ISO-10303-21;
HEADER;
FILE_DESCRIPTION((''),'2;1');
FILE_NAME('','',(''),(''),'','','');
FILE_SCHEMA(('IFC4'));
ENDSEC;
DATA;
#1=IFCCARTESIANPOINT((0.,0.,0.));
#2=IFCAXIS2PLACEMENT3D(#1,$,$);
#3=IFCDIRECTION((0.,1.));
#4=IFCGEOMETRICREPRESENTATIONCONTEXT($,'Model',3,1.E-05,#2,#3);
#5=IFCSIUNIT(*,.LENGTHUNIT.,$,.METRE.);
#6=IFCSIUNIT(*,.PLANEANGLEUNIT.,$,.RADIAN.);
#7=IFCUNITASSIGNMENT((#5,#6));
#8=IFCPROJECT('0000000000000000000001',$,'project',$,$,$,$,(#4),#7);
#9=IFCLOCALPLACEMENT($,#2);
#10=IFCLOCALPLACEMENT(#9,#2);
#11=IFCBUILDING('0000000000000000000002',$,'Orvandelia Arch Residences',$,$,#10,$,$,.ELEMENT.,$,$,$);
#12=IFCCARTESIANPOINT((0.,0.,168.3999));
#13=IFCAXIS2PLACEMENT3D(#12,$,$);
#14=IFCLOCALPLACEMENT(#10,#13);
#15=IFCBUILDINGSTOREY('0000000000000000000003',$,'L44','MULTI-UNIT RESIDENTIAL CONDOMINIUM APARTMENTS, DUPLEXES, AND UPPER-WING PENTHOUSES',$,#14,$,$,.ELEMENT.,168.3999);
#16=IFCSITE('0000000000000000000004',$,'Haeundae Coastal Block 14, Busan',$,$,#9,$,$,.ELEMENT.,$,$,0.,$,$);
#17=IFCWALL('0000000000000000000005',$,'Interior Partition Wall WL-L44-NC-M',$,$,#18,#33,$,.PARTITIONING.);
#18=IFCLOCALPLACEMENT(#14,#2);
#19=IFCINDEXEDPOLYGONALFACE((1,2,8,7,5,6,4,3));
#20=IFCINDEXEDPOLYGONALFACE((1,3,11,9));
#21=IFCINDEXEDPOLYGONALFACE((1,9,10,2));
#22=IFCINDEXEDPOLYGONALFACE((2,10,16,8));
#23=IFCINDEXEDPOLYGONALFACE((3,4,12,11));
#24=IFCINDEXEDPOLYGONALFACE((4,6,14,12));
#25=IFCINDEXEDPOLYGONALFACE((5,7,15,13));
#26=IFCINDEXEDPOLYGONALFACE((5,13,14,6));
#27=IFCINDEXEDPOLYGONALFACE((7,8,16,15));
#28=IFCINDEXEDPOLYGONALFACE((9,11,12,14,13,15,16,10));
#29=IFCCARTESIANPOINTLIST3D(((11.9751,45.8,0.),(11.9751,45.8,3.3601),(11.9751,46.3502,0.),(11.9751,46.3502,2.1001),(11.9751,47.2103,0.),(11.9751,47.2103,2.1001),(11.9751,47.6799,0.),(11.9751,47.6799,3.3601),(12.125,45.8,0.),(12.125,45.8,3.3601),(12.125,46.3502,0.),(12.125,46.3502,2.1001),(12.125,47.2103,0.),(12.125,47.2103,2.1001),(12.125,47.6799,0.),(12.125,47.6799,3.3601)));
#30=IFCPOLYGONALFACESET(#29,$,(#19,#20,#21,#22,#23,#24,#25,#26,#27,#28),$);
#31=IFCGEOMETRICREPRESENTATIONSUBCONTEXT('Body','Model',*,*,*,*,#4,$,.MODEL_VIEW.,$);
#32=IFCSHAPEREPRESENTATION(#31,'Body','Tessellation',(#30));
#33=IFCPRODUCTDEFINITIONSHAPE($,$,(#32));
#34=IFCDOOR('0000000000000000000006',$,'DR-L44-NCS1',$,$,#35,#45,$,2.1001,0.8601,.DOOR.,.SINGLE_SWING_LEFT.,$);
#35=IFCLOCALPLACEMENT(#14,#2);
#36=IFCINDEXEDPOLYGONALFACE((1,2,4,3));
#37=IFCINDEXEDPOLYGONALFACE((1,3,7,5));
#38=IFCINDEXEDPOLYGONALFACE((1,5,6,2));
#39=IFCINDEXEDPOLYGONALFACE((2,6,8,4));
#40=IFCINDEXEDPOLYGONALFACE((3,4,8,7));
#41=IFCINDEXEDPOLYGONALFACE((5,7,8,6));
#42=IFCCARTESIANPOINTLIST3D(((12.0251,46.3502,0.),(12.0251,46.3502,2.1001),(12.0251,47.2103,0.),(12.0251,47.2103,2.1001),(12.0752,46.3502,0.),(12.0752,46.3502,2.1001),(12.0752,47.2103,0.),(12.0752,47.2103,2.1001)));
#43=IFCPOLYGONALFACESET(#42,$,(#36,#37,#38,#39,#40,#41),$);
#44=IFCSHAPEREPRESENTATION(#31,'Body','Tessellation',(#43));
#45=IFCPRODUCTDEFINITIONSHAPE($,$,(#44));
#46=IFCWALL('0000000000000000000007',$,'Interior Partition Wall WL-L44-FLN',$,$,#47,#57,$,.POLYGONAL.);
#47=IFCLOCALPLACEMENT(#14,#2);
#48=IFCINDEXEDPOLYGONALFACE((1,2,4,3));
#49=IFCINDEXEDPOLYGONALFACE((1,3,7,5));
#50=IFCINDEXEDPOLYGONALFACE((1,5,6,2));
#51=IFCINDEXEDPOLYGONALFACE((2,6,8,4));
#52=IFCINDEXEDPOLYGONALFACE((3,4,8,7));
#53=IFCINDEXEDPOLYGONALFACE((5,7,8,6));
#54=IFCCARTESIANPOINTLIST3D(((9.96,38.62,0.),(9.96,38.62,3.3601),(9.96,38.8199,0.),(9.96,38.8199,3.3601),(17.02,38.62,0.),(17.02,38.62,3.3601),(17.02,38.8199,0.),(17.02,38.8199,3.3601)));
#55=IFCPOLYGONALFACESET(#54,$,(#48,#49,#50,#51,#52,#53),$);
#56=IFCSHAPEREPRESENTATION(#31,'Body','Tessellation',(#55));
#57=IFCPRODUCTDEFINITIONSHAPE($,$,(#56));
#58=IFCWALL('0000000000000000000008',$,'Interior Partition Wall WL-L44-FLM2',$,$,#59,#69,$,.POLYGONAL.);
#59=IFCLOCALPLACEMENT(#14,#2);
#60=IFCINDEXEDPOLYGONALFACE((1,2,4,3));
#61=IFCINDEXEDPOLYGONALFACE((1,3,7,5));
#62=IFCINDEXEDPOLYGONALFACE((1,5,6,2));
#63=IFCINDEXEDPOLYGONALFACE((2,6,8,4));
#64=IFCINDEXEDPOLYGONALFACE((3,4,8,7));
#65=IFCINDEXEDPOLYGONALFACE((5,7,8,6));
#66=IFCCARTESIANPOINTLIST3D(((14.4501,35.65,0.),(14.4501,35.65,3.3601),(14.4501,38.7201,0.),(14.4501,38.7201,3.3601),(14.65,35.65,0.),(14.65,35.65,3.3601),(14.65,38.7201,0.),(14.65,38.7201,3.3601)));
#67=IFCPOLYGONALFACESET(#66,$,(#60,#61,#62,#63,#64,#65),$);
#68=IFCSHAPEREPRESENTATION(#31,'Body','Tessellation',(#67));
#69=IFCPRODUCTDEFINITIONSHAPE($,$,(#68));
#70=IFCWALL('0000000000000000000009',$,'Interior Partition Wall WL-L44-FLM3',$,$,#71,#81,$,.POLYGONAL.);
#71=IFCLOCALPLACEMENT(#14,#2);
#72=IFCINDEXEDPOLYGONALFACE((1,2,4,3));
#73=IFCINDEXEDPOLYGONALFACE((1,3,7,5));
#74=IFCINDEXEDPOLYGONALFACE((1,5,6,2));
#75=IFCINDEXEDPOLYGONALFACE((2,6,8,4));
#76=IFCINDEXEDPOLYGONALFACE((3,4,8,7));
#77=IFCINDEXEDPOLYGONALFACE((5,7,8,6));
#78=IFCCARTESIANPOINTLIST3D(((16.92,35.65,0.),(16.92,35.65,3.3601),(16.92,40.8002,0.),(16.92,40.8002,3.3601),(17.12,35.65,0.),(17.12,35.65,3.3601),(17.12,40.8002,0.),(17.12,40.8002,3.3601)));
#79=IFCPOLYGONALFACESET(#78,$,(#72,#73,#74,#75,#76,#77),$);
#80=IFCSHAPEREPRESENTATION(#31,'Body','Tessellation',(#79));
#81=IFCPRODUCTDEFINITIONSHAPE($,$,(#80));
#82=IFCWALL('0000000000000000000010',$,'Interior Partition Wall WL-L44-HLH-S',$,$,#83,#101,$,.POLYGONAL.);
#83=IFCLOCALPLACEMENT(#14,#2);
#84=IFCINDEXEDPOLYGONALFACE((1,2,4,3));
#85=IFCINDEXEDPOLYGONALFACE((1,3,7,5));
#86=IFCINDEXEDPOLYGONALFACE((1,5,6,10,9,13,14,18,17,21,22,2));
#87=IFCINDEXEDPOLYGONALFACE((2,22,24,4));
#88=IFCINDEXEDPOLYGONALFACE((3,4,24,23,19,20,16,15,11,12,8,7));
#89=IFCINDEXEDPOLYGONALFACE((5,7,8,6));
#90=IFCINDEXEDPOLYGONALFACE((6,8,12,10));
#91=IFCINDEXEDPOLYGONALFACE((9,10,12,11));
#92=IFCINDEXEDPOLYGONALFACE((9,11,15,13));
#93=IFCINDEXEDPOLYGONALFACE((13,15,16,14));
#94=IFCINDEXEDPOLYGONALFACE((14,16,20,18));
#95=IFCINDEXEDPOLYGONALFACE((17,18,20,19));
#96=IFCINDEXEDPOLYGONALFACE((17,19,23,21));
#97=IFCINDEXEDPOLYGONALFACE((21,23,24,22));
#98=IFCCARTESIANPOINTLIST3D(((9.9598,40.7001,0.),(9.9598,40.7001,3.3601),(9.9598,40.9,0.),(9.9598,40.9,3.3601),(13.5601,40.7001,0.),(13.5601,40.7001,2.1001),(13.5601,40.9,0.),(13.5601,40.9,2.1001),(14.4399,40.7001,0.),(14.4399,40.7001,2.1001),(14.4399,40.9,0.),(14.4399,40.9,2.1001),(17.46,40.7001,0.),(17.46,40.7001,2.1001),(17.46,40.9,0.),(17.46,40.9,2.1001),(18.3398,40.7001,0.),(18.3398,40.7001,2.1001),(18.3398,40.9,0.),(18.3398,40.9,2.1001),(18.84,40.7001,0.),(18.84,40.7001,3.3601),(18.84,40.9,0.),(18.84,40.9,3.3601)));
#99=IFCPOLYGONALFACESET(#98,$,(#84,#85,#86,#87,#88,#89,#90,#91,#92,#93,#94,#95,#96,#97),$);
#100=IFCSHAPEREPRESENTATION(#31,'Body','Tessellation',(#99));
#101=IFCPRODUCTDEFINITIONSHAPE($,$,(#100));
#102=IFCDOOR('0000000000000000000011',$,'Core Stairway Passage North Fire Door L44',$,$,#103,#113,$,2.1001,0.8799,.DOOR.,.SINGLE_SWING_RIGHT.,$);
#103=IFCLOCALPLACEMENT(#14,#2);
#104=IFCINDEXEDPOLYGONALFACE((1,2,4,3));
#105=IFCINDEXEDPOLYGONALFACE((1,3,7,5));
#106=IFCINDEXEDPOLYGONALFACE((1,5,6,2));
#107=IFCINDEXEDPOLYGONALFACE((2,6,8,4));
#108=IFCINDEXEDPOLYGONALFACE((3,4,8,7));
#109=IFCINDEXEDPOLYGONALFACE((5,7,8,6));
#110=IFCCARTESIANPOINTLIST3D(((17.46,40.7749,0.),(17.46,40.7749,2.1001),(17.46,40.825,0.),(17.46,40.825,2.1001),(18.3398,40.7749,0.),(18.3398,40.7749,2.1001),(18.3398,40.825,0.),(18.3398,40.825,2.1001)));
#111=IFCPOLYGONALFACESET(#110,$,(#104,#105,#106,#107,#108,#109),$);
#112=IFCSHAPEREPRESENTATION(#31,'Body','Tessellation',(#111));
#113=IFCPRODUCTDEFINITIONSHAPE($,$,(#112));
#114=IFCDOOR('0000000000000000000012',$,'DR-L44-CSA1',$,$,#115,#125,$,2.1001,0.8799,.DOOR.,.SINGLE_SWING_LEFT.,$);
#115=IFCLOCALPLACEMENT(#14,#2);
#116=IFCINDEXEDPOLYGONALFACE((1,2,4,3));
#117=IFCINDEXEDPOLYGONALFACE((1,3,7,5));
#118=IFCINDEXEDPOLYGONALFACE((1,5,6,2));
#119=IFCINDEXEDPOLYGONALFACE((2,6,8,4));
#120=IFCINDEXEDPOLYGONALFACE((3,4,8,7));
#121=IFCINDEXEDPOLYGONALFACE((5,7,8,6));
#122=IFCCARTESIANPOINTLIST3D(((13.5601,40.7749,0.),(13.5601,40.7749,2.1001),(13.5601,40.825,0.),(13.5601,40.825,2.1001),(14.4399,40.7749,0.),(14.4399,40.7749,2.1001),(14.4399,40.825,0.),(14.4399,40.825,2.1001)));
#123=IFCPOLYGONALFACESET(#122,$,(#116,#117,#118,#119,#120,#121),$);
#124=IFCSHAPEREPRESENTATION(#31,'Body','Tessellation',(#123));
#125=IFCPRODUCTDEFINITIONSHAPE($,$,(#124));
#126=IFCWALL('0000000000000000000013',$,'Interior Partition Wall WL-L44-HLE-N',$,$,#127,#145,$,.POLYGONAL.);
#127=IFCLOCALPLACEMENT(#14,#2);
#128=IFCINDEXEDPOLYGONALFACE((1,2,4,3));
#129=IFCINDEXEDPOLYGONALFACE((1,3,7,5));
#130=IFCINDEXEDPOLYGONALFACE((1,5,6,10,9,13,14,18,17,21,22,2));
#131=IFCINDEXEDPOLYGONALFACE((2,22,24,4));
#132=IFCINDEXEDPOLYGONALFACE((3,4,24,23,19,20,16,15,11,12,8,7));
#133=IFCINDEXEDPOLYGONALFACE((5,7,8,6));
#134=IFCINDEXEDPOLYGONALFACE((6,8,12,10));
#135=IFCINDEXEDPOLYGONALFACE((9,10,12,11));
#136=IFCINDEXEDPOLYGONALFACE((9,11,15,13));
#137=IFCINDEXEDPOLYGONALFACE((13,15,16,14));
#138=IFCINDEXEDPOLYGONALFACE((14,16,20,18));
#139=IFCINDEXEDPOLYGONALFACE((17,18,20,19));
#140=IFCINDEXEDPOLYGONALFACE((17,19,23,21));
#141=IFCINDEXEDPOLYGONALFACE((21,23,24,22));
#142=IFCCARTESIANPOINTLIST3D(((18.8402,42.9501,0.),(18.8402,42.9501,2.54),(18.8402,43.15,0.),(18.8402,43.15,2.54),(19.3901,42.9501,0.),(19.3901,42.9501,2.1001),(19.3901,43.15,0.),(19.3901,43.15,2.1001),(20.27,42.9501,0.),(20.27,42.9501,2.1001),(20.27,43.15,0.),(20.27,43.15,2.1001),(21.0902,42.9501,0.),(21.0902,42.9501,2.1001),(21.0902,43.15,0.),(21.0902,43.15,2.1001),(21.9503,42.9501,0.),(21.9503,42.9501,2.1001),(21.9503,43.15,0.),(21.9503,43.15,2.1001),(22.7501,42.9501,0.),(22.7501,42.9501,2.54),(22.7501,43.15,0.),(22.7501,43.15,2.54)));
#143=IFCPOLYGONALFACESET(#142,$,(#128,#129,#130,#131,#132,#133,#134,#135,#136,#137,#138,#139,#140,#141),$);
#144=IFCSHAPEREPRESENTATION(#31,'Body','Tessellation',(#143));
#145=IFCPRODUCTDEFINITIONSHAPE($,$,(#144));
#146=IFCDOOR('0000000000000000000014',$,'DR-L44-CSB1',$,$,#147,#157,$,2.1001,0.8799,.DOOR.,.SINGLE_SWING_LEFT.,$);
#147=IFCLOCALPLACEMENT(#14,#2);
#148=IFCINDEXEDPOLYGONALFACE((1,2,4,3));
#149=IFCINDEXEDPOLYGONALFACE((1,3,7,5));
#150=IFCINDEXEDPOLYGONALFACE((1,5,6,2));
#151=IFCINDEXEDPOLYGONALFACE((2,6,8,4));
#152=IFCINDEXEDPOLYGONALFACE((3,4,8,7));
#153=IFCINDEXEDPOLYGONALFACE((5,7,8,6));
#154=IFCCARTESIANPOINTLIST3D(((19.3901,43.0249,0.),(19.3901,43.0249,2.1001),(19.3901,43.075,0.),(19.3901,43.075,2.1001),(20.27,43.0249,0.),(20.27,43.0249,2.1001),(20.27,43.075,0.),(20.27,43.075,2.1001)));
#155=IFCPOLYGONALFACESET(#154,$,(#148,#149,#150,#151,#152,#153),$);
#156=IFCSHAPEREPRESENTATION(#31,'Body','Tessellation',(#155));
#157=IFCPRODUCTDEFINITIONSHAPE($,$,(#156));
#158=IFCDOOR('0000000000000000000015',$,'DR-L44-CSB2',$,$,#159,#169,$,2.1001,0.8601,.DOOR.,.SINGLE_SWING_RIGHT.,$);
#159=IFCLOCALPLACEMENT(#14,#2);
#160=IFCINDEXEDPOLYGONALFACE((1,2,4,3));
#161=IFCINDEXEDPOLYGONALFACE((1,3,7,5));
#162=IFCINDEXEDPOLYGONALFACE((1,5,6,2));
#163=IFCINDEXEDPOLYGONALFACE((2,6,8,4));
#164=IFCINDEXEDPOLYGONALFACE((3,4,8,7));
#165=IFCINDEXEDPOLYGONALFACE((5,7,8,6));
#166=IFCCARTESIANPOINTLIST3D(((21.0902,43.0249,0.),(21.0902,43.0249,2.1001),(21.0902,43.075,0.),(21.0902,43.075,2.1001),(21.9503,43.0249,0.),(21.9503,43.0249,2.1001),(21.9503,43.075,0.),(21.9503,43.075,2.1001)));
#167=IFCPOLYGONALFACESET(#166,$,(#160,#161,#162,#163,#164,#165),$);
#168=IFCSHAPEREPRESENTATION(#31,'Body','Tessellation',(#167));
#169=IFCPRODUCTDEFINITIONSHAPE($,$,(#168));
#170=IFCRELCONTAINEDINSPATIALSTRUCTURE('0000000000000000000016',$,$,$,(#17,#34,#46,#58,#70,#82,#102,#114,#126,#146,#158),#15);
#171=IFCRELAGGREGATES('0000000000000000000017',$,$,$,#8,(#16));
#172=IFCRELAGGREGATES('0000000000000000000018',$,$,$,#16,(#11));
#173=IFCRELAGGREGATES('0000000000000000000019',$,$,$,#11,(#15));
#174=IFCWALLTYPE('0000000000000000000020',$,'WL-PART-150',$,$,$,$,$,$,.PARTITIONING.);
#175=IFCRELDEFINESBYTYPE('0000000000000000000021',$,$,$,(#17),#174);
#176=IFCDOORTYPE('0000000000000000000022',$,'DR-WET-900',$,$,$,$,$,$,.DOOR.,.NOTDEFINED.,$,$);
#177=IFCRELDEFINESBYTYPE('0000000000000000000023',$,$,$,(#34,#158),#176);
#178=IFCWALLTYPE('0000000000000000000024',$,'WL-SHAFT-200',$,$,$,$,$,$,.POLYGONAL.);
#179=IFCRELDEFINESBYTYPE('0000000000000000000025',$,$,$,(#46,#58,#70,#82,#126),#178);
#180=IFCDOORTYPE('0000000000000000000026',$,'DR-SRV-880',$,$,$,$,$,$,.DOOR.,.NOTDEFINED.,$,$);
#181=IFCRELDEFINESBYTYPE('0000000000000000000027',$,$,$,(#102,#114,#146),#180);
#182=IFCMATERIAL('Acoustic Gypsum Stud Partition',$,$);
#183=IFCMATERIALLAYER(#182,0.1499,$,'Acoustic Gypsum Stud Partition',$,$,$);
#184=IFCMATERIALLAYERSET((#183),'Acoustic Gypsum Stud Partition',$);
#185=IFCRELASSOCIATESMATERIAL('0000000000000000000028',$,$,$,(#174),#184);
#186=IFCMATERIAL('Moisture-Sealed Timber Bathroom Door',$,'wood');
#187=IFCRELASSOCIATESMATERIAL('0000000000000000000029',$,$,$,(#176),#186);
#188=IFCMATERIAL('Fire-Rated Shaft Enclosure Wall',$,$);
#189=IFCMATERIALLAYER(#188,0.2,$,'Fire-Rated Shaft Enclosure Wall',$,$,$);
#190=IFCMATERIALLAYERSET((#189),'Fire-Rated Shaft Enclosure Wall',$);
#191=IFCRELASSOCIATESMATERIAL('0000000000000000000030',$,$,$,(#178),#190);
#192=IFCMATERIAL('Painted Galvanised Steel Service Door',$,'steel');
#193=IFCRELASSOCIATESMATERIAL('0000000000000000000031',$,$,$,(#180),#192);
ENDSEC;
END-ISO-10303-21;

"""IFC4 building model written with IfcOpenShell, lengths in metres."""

from ifc_helpers import new_model, si_unit, direction, frame, frame_2d, origin, place, context, subcontext, project, spatial, rectangle, extrude, material, layer, layer_set, type_object, element, fill, save


model = new_model("IFC4")

# Units and contexts
model_context = context("Model", 3, precision=1e-05, world=origin(), true_north=direction((0.0, 1.0)))
body_context = subcontext(model_context, "Body", "Model", "MODEL_VIEW")
ifc_project = project(units=[si_unit("LENGTHUNIT", "METRE"), si_unit("PLANEANGLEUNIT", "RADIAN")], contexts=[model_context])

# Site, building, storey
site_placement = place(None, origin())
site = spatial("IfcSite", under=ifc_project, at=site_placement, Name="Haeundae Coastal Block 14, Busan", CompositionType="ELEMENT", RefElevation=0.0)
building_placement = place(site_placement, origin())
building = spatial("IfcBuilding", under=site, at=building_placement, Name="Orvandelia Arch Residences", CompositionType="ELEMENT")
storey_placement = place(building_placement, frame((0.0, 0.0, 168.3999)))
storey = spatial("IfcBuildingStorey", under=building, at=storey_placement, Name="L44", Description="MULTI-UNIT RESIDENTIAL CONDOMINIUM APARTMENTS, DUPLEXES, AND UPPER-WING PENTHOUSES", CompositionType="ELEMENT", Elevation=168.3999)

# Wall, opening, door
ifc_material_1 = material(Name="Acoustic Gypsum Stud Partition")
ifc_layer_1 = layer(ifc_material_1, 0.1499, Name="Acoustic Gypsum Stud Partition")
ifc_layer_set_1 = layer_set([ifc_layer_1], Name="Acoustic Gypsum Stud Partition")
wall_type_1 = type_object("IfcWallType", Name="WL-PART-150", PredefinedType="PARTITIONING", material=ifc_layer_set_1)
wall_1_placement = place(storey_placement, frame((12.05, 45.8, 0.0), z_axis=(0.0, 0.0, 1.0), x_axis=(0.0, 1.0, 0.0)))
wall_1 = element("IfcWall", 1, at=wall_1_placement, inside=storey, type_object=wall_type_1, Name="Interior Partition Wall WL-L44-NC-M", PredefinedType="PARTITIONING", context=body_context, shape_type="SweptSolid", body=[
    extrude(rectangle(XDim=1.8799, YDim=0.1499, at=frame_2d((0.9399, 0.0))), origin(), (0.0, 0.0, 1.0), 3.3601),
])
opening_1_placement = place(wall_1_placement, frame((0.55, 0.0, 0.0)))
opening_1 = element("IfcOpeningElement", 2, at=opening_1_placement, cuts=wall_1, PredefinedType="OPENING", context=body_context, shape_type="SweptSolid", body=[
    extrude(rectangle(XDim=0.8601, YDim=2.1001, at=frame_2d((0.4302, 1.05))), frame((0.0, 0.085, 0.0), z_axis=(0.0, -1.0, 0.0), x_axis=(1.0, 0.0, 0.0)), (0.0, 0.0, 1.0), 0.1699),
])
ifc_material_2 = material(Name="Moisture-Sealed Timber Bathroom Door", Category="wood")
door_type_1 = type_object("IfcDoorType", Name="DR-WET-900", OperationType="NOTDEFINED", PredefinedType="DOOR", material=ifc_material_2)
door_1_placement = place(opening_1_placement, origin())
door_1 = element("IfcDoor", 3, at=door_1_placement, inside=storey, type_object=door_type_1, Name="DR-L44-NCS1", OperationType="SINGLE_SWING_LEFT", OverallHeight=2.1001, OverallWidth=0.8601, PredefinedType="DOOR", context=body_context, shape_type="SweptSolid", body=[
    extrude(rectangle(XDim=0.8601, YDim=2.1001, at=frame_2d((0.4302, 1.05))), frame((0.0, 0.0249, 0.0), z_axis=(0.0, -1.0, 0.0), x_axis=(1.0, 0.0, 0.0)), (0.0, 0.0, 1.0), 0.05),
])
fill(opening_1, door_1)

# Walls
ifc_material_3 = material(Name="Fire-Rated Shaft Enclosure Wall")
ifc_layer_2 = layer(ifc_material_3, 0.2, Name="Fire-Rated Shaft Enclosure Wall")
ifc_layer_set_2 = layer_set([ifc_layer_2], Name="Fire-Rated Shaft Enclosure Wall")
wall_type_2 = type_object("IfcWallType", Name="WL-SHAFT-200", PredefinedType="POLYGONAL", material=ifc_layer_set_2)
wall_2_placement = place(storey_placement, frame((9.96, 38.72, 0.0), z_axis=(0.0, 0.0, 1.0), x_axis=(1.0, 0.0, 0.0)))
element("IfcWall", 4, at=wall_2_placement, inside=storey, type_object=wall_type_2, Name="Interior Partition Wall WL-L44-FLN", PredefinedType="POLYGONAL", context=body_context, shape_type="SweptSolid", body=[
    extrude(rectangle(XDim=7.0601, YDim=0.2, at=frame_2d((3.53, 0.0))), origin(), (0.0, 0.0, 1.0), 3.3601),
])
wall_3_placement = place(storey_placement, frame((14.55, 35.6499, 0.0), z_axis=(0.0, 0.0, 1.0), x_axis=(0.0, 1.0, 0.0)))
element("IfcWall", 5, at=wall_3_placement, inside=storey, type_object=wall_type_2, Name="Interior Partition Wall WL-L44-FLM2", PredefinedType="POLYGONAL", context=body_context, shape_type="SweptSolid", body=[
    extrude(rectangle(XDim=3.0701, YDim=0.2, at=frame_2d((1.5352, 0.0))), origin(), (0.0, 0.0, 1.0), 3.3601),
])
wall_4_placement = place(storey_placement, frame((17.02, 35.6499, 0.0), z_axis=(0.0, 0.0, 1.0), x_axis=(0.0, 1.0, 0.0)))
element("IfcWall", 6, at=wall_4_placement, inside=storey, type_object=wall_type_2, Name="Interior Partition Wall WL-L44-FLM3", PredefinedType="POLYGONAL", context=body_context, shape_type="SweptSolid", body=[
    extrude(rectangle(XDim=5.1501, YDim=0.2, at=frame_2d((2.5752, 0.0))), origin(), (0.0, 0.0, 1.0), 3.3601),
])

# Walls, openings, doors
wall_5_placement = place(storey_placement, frame((9.96, 40.8, 0.0), z_axis=(0.0, 0.0, 1.0), x_axis=(1.0, 0.0, 0.0)))
wall_5 = element("IfcWall", 7, at=wall_5_placement, inside=storey, type_object=wall_type_2, Name="Interior Partition Wall WL-L44-HLH-S", PredefinedType="POLYGONAL", context=body_context, shape_type="SweptSolid", body=[
    extrude(rectangle(XDim=8.8801, YDim=0.2, at=frame_2d((4.4399, 0.0))), origin(), (0.0, 0.0, 1.0), 3.3601),
])
opening_2_placement = place(wall_5_placement, frame((7.5, 0.0, 0.0)))
opening_2 = element("IfcOpeningElement", 8, at=opening_2_placement, cuts=wall_5, PredefinedType="OPENING", context=body_context, shape_type="SweptSolid", body=[
    extrude(rectangle(XDim=0.8799, YDim=2.1001, at=frame_2d((0.4399, 1.05))), frame((0.0, 0.1099, 0.0), z_axis=(0.0, -1.0, 0.0), x_axis=(1.0, 0.0, 0.0)), (0.0, 0.0, 1.0), 0.22),
])
opening_3_placement = place(wall_5_placement, frame((3.6001, 0.0, 0.0)))
opening_3 = element("IfcOpeningElement", 9, at=opening_3_placement, cuts=wall_5, PredefinedType="OPENING", context=body_context, shape_type="SweptSolid", body=[
    extrude(rectangle(XDim=0.8799, YDim=2.1001, at=frame_2d((0.4399, 1.05))), frame((0.0, 0.1099, 0.0), z_axis=(0.0, -1.0, 0.0), x_axis=(1.0, 0.0, 0.0)), (0.0, 0.0, 1.0), 0.22),
])
ifc_material_4 = material(Name="Painted Galvanised Steel Service Door", Category="steel")
door_type_2 = type_object("IfcDoorType", Name="DR-SRV-880", OperationType="NOTDEFINED", PredefinedType="DOOR", material=ifc_material_4)
door_2_placement = place(opening_2_placement, origin())
door_2 = element("IfcDoor", 10, at=door_2_placement, inside=storey, type_object=door_type_2, Name="Core Stairway Passage North Fire Door L44", OperationType="SINGLE_SWING_RIGHT", OverallHeight=2.1001, OverallWidth=0.8799, PredefinedType="DOOR", context=body_context, shape_type="SweptSolid", body=[
    extrude(rectangle(XDim=0.8799, YDim=2.1001, at=frame_2d((0.4399, 1.05))), frame((0.0, 0.0249, 0.0), z_axis=(0.0, -1.0, 0.0), x_axis=(1.0, 0.0, 0.0)), (0.0, 0.0, 1.0), 0.05),
])
fill(opening_2, door_2)
door_3_placement = place(opening_3_placement, origin())
door_3 = element("IfcDoor", 11, at=door_3_placement, inside=storey, type_object=door_type_2, Name="DR-L44-CSA1", OperationType="SINGLE_SWING_LEFT", OverallHeight=2.1001, OverallWidth=0.8799, PredefinedType="DOOR", context=body_context, shape_type="SweptSolid", body=[
    extrude(rectangle(XDim=0.8799, YDim=2.1001, at=frame_2d((0.4399, 1.05))), frame((0.0, 0.0249, 0.0), z_axis=(0.0, -1.0, 0.0), x_axis=(1.0, 0.0, 0.0)), (0.0, 0.0, 1.0), 0.05),
])
fill(opening_3, door_3)
wall_6_placement = place(storey_placement, frame((18.8401, 43.05, 0.0), z_axis=(0.0, 0.0, 1.0), x_axis=(1.0, 0.0, 0.0)))
wall_6 = element("IfcWall", 12, at=wall_6_placement, inside=storey, type_object=wall_type_2, Name="Interior Partition Wall WL-L44-HLE-N", PredefinedType="POLYGONAL", context=body_context, shape_type="SweptSolid", body=[
    extrude(rectangle(XDim=3.9099, YDim=0.2, at=frame_2d((1.9551, 0.0))), origin(), (0.0, 0.0, 1.0), 2.54),
])
opening_4_placement = place(wall_6_placement, frame((0.55, 0.0, 0.0)))
opening_4 = element("IfcOpeningElement", 13, at=opening_4_placement, cuts=wall_6, PredefinedType="OPENING", context=body_context, shape_type="SweptSolid", body=[
    extrude(rectangle(XDim=0.8799, YDim=2.1001, at=frame_2d((0.4399, 1.05))), frame((0.0, 0.1099, 0.0), z_axis=(0.0, -1.0, 0.0), x_axis=(1.0, 0.0, 0.0)), (0.0, 0.0, 1.0), 0.22),
])
opening_5_placement = place(wall_6_placement, frame((2.25, 0.0, 0.0)))
opening_5 = element("IfcOpeningElement", 14, at=opening_5_placement, cuts=wall_6, PredefinedType="OPENING", context=body_context, shape_type="SweptSolid", body=[
    extrude(rectangle(XDim=0.8601, YDim=2.1001, at=frame_2d((0.4302, 1.05))), frame((0.0, 0.1099, 0.0), z_axis=(0.0, -1.0, 0.0), x_axis=(1.0, 0.0, 0.0)), (0.0, 0.0, 1.0), 0.22),
])
door_4_placement = place(opening_4_placement, origin())
door_4 = element("IfcDoor", 15, at=door_4_placement, inside=storey, type_object=door_type_2, Name="DR-L44-CSB1", OperationType="SINGLE_SWING_LEFT", OverallHeight=2.1001, OverallWidth=0.8799, PredefinedType="DOOR", context=body_context, shape_type="SweptSolid", body=[
    extrude(rectangle(XDim=0.8799, YDim=2.1001, at=frame_2d((0.4399, 1.05))), frame((0.0, 0.0249, 0.0), z_axis=(0.0, -1.0, 0.0), x_axis=(1.0, 0.0, 0.0)), (0.0, 0.0, 1.0), 0.05),
])
fill(opening_4, door_4)
door_5_placement = place(opening_5_placement, origin())
door_5 = element("IfcDoor", 16, at=door_5_placement, inside=storey, type_object=door_type_1, Name="DR-L44-CSB2", OperationType="SINGLE_SWING_RIGHT", OverallHeight=2.1001, OverallWidth=0.8601, PredefinedType="DOOR", context=body_context, shape_type="SweptSolid", body=[
    extrude(rectangle(XDim=0.8601, YDim=2.1001, at=frame_2d((0.4302, 1.05))), frame((0.0, 0.0249, 0.0), z_axis=(0.0, -1.0, 0.0), x_axis=(1.0, 0.0, 0.0)), (0.0, 0.0, 1.0), 0.05),
])
fill(opening_5, door_5)

save(model, "model.ifc")
